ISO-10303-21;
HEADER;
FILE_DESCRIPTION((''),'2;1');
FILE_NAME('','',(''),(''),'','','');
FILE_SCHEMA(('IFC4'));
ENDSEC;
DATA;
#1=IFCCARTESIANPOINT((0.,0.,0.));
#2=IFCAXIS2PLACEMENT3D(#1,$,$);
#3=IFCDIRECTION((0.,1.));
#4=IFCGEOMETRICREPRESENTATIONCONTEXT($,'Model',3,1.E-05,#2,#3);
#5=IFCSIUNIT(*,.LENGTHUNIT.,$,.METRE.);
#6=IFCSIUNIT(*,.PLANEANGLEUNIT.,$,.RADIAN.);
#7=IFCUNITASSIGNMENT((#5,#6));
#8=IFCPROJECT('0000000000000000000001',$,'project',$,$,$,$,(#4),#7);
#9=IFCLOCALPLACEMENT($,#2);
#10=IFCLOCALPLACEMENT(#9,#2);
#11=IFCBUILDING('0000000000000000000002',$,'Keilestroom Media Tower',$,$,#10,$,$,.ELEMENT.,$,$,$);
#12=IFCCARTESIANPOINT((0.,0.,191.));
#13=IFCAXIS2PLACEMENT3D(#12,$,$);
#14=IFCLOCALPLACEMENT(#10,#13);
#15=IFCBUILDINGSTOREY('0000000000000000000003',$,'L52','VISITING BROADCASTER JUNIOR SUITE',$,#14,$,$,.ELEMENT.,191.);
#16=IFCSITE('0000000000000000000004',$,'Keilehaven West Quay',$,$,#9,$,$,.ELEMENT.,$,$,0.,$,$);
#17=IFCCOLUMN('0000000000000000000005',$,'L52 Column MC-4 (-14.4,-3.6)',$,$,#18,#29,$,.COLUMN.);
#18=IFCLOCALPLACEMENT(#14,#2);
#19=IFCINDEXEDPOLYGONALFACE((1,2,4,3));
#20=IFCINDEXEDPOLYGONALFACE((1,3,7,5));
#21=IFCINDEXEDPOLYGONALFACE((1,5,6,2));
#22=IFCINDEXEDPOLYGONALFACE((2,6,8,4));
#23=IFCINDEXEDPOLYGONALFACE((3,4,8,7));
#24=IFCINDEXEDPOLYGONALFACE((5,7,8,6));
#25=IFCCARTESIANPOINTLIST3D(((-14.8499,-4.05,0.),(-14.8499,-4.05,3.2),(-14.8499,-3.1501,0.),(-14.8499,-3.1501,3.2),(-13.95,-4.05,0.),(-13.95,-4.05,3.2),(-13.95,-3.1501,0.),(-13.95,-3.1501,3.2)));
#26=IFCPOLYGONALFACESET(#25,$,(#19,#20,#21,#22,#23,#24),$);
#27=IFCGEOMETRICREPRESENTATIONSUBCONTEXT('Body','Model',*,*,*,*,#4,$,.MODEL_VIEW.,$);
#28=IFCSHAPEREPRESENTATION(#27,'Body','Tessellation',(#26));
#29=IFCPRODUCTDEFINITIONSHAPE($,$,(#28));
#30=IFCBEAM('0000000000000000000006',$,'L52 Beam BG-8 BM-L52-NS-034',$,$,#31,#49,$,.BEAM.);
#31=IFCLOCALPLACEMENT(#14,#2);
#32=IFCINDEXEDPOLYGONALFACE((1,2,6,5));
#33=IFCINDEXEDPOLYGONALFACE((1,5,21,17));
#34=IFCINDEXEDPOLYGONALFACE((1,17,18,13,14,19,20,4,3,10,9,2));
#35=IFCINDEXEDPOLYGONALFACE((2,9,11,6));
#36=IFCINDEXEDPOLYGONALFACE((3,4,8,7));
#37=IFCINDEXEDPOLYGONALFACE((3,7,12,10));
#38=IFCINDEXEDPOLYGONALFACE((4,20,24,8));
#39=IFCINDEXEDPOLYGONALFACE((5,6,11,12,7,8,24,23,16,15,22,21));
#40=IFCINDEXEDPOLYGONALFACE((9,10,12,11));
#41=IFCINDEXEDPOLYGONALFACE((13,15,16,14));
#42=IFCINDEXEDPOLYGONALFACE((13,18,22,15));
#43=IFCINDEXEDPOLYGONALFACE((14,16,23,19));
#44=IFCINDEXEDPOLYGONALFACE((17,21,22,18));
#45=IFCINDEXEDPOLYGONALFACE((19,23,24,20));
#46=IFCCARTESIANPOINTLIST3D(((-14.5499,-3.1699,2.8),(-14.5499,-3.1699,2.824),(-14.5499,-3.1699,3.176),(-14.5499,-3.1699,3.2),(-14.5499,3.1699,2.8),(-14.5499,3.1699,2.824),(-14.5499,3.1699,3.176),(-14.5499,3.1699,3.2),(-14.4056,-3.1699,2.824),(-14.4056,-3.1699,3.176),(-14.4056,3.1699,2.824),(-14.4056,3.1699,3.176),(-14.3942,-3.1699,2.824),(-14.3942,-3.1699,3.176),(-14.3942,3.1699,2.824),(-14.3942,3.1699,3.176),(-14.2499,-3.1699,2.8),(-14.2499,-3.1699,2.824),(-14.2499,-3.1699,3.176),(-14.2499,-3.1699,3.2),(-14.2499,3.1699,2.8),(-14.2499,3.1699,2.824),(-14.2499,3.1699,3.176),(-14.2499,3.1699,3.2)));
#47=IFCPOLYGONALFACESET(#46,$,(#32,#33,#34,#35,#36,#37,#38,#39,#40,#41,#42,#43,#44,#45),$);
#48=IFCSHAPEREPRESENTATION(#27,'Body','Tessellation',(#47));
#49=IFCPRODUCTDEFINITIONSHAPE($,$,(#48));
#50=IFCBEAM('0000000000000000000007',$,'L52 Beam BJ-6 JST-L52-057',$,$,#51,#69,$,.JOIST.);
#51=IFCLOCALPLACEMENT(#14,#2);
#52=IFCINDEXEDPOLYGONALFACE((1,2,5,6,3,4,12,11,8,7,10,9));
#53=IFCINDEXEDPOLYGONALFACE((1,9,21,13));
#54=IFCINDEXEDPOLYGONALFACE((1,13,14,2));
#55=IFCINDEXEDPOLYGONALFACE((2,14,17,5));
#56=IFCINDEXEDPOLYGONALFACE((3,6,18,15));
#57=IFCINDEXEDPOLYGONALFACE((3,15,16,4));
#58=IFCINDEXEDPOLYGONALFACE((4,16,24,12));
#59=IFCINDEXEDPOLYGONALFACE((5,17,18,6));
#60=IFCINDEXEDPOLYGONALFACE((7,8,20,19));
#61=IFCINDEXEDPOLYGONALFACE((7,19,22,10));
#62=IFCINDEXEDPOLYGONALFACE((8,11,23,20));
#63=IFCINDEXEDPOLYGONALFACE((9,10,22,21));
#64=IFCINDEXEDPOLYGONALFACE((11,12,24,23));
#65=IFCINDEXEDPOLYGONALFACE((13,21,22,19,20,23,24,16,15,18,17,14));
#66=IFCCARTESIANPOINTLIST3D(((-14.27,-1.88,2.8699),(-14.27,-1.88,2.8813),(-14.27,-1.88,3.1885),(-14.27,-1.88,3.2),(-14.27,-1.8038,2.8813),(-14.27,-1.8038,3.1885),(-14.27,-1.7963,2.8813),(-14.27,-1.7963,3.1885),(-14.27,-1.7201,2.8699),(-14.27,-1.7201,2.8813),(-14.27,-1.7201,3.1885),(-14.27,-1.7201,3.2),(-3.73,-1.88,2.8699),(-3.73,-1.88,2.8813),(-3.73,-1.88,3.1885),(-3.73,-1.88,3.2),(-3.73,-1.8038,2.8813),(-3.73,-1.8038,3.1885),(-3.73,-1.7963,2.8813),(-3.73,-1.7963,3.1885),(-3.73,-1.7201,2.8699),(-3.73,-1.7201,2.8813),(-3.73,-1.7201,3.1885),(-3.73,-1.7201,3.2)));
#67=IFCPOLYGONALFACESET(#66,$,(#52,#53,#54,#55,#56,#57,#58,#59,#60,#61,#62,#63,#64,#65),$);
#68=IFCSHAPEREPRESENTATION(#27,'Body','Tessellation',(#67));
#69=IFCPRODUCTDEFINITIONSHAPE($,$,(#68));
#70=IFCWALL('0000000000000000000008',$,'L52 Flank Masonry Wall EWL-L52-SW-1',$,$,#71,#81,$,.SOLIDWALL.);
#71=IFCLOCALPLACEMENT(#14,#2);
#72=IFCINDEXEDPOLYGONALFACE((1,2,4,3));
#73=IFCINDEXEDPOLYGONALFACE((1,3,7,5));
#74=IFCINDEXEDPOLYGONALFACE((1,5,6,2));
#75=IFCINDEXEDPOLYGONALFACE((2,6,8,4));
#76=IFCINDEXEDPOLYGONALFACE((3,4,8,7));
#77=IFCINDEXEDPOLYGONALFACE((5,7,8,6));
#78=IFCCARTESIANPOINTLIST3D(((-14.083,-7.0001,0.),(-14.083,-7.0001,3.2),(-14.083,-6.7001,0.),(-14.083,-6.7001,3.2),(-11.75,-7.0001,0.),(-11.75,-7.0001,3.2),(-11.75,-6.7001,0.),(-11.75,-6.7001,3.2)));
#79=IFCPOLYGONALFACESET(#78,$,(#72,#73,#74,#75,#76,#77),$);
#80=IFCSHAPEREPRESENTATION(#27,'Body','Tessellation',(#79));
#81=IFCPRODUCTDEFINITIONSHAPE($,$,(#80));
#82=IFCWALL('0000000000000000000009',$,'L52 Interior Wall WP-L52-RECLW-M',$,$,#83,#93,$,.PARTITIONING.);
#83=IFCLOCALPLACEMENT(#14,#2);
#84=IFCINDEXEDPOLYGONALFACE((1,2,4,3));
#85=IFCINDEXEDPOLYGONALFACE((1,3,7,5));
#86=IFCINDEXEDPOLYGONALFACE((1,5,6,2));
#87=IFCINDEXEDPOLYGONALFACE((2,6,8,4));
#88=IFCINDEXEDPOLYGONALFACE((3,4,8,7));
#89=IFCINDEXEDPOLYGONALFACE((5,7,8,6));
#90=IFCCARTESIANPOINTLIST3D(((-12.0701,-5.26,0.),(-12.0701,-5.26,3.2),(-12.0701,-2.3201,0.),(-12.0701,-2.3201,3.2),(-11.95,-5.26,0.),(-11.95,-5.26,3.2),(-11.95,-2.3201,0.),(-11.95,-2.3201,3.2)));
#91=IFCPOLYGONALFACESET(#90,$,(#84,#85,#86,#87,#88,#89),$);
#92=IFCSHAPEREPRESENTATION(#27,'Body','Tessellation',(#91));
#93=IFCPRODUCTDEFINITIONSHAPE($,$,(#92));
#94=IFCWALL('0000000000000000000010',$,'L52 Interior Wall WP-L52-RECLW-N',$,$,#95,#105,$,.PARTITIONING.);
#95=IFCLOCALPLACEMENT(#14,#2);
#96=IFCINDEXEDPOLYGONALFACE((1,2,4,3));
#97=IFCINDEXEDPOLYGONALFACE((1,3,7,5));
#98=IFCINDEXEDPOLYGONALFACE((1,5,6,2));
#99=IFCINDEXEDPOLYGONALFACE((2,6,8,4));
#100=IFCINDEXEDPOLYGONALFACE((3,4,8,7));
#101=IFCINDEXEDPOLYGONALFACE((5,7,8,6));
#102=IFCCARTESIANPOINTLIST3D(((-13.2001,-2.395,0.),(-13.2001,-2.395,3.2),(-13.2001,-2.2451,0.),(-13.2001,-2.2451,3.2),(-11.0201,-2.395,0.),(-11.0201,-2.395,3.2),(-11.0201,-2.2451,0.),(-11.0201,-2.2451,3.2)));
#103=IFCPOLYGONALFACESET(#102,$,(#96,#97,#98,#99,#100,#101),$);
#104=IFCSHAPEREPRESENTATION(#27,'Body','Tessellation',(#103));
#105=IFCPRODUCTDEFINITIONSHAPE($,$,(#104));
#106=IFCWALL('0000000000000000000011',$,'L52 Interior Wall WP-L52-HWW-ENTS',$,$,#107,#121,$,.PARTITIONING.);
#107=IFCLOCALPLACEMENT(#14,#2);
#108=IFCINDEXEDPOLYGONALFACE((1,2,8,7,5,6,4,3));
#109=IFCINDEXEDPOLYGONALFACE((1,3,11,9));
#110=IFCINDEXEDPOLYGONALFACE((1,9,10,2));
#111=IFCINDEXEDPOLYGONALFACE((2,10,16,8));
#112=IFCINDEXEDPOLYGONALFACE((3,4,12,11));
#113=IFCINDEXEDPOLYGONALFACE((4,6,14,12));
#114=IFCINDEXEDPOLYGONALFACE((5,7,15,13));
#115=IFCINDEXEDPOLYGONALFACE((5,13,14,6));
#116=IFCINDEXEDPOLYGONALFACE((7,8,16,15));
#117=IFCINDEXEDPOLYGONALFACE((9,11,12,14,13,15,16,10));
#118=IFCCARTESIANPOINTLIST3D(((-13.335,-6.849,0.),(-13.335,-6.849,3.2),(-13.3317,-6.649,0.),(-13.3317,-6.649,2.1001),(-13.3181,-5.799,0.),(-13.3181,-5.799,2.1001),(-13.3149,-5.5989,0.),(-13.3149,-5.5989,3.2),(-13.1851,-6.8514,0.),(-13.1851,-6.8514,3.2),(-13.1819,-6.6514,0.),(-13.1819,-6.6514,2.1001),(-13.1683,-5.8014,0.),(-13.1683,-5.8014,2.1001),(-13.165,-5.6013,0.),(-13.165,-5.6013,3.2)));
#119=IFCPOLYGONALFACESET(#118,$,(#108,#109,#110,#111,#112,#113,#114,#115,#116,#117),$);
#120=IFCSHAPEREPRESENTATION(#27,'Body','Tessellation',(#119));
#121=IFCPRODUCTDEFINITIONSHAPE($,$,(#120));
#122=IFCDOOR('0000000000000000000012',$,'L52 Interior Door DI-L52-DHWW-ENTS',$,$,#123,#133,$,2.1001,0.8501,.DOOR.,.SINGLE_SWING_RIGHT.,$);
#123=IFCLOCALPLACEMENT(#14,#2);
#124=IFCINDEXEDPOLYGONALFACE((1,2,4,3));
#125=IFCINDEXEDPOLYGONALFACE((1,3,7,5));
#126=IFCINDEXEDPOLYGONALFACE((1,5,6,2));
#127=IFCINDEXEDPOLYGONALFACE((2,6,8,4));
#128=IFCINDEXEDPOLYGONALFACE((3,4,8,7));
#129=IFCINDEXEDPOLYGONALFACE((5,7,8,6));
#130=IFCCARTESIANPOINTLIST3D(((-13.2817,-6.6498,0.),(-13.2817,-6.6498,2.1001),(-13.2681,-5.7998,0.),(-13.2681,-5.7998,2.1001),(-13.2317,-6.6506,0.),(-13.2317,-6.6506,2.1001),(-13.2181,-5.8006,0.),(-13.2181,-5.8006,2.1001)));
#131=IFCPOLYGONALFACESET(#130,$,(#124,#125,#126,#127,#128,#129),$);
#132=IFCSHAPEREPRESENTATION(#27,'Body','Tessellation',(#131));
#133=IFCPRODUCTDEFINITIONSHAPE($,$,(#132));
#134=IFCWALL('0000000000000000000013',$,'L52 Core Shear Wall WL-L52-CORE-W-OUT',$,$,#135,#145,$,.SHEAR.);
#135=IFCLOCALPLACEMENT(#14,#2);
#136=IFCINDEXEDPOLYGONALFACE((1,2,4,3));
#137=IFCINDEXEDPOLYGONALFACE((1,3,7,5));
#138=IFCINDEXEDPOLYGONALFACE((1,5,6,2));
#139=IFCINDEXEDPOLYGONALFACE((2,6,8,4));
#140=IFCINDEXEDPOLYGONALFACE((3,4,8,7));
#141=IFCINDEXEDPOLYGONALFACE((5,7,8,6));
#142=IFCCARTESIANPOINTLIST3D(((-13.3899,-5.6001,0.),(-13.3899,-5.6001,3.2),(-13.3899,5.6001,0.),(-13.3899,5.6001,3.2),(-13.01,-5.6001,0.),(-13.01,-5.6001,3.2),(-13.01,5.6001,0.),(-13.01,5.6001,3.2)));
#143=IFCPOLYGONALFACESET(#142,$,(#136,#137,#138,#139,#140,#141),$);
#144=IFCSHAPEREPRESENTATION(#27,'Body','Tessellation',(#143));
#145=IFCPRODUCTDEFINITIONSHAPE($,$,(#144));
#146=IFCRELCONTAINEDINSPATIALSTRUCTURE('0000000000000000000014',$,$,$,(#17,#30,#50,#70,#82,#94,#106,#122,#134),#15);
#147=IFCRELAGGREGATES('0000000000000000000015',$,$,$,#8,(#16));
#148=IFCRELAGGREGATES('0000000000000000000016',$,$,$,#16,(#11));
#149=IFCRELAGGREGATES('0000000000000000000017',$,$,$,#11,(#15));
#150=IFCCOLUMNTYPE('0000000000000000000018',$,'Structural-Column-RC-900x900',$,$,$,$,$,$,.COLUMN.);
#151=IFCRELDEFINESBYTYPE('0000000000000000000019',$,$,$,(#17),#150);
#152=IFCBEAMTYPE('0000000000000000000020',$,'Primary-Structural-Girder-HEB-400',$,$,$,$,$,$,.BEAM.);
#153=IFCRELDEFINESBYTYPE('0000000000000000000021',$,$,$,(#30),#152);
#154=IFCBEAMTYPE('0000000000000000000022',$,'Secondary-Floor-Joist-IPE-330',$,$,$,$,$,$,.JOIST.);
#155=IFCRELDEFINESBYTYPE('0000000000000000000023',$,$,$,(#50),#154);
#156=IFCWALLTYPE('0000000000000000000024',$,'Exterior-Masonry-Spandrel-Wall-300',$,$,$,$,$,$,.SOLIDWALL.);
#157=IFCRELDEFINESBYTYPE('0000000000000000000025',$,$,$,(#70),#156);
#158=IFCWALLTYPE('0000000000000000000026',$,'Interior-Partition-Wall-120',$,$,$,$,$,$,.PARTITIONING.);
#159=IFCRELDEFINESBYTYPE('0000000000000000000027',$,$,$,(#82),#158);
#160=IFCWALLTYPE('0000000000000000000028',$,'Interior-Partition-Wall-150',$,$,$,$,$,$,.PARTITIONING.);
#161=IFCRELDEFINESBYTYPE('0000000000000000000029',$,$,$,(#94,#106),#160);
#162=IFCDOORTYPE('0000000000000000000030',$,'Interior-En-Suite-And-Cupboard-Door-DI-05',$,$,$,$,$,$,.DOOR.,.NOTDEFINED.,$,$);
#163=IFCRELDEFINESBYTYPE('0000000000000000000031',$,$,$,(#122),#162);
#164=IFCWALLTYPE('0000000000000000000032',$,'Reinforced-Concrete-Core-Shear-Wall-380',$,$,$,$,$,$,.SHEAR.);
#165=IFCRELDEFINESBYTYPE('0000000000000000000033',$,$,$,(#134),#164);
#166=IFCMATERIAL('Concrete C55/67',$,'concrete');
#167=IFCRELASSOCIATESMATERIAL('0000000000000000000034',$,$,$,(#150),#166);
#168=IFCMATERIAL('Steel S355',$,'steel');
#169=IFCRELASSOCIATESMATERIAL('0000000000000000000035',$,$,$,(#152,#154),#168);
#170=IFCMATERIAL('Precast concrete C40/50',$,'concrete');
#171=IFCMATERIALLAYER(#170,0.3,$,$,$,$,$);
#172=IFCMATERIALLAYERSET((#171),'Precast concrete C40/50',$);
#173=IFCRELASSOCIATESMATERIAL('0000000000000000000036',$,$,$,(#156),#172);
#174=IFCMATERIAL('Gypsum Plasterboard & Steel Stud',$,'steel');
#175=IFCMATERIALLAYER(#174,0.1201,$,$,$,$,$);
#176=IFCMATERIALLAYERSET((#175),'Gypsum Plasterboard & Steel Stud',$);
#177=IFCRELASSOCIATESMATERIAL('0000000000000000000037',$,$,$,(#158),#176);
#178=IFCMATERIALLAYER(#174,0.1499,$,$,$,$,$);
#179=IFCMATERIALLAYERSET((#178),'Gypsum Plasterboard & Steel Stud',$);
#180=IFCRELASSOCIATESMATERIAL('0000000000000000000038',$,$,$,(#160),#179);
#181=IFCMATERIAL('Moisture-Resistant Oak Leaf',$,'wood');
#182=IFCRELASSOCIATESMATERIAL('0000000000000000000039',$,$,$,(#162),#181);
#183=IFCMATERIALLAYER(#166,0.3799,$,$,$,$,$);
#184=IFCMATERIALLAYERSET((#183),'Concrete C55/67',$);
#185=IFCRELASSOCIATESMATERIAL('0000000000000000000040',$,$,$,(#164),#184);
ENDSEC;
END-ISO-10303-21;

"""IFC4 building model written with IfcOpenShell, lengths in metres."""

from ifc_helpers import new_model, si_unit, direction, frame, frame_2d, origin, origin_2d, place, context, subcontext, project, spatial, rectangle, i_section, extrude, source, transform, mapped, material, layer, layer_set, material_profile, profile_set, type_object, element, fill, save


model = new_model("IFC4")

# Units and contexts
model_context = context("Model", 3, precision=1e-05, world=origin(), true_north=direction((0.0, 1.0)))
body_context = subcontext(model_context, "Body", "Model", "MODEL_VIEW")
ifc_project = project(units=[si_unit("LENGTHUNIT", "METRE"), si_unit("PLANEANGLEUNIT", "RADIAN")], contexts=[model_context])

# Site, building, storey
site_placement = place(None, origin())
site = spatial("IfcSite", under=ifc_project, at=site_placement, Name="Keilehaven West Quay", CompositionType="ELEMENT", RefElevation=0.0)
building_placement = place(site_placement, origin())
building = spatial("IfcBuilding", under=site, at=building_placement, Name="Keilestroom Media Tower", CompositionType="ELEMENT")
storey_placement = place(building_placement, frame((0.0, 0.0, 191.0)))
storey = spatial("IfcBuildingStorey", under=building, at=storey_placement, Name="L52", Description="VISITING BROADCASTER JUNIOR SUITE", CompositionType="ELEMENT", Elevation=191.0)

# Column
ifc_material_1 = material(Name="Concrete C55/67", Category="concrete")
ifc_material_profile_1 = material_profile(ifc_material_1, rectangle(XDim=0.8999, YDim=0.8999, at=origin_2d()), Name="RC 900x900")
ifc_profile_set_1 = profile_set([ifc_material_profile_1], Name="Concrete C55/67")
column_type = type_object("IfcColumnType", Name="Structural-Column-RC-900x900", PredefinedType="COLUMN", material=ifc_profile_set_1)
shared_shape_1 = source(origin(), body_context, "Body", "SweptSolid", [
    extrude(rectangle(XDim=0.8999, YDim=0.8999, at=origin_2d()), origin(), (0.0, 0.0, 1.0), 3.2),
])
column_placement = place(storey_placement, frame((-14.3999, -3.6001, 0.0), z_axis=(0.0, 0.0, 1.0), x_axis=(1.0, 0.0, 0.0)))
element("IfcColumn", 1, at=column_placement, inside=storey, type_object=column_type, Name="L52 Column MC-4 (-14.4,-3.6)", PredefinedType="COLUMN", context=body_context, shape_type="MappedRepresentation", body=[
    mapped(shared_shape_1, transform((0.0, 0.0, 0.0), x_axis=(1.0, 0.0, 0.0), y_axis=(0.0, 1.0, 0.0), z_axis=(0.0, 0.0, 1.0), scale=1.0)),
])

# Beams
ifc_material_2 = material(Name="Steel S355", Category="steel")
ifc_material_profile_2 = material_profile(ifc_material_2, i_section(OverallWidth=0.3, OverallDepth=0.3999, WebThickness=0.0115, FlangeThickness=0.0239, at=origin_2d()), Name="HEB 400")
ifc_profile_set_2 = profile_set([ifc_material_profile_2], Name="Steel S355")
beam_type_1 = type_object("IfcBeamType", Name="Primary-Structural-Girder-HEB-400", PredefinedType="BEAM", material=ifc_profile_set_2)
shared_shape_2 = source(origin(), body_context, "Body", "SweptSolid", [
    extrude(i_section(OverallWidth=0.3, OverallDepth=0.3999, WebThickness=0.0115, FlangeThickness=0.0239, at=origin_2d()), origin(), (0.0, 0.0, 1.0), 6.3398),
])
beam_1_placement = place(storey_placement, frame((-14.3999, -3.1699, 3.0), z_axis=(0.0, 1.0, 0.0), x_axis=(-1.0, 0.0, 0.0)))
element("IfcBeam", 2, at=beam_1_placement, inside=storey, type_object=beam_type_1, Name="L52 Beam BG-8 BM-L52-NS-034", PredefinedType="BEAM", context=body_context, shape_type="MappedRepresentation", body=[
    mapped(shared_shape_2, transform((0.0, 0.0, 0.0), x_axis=(1.0, 0.0, 0.0), y_axis=(0.0, 1.0, 0.0), z_axis=(0.0, 0.0, 1.0), scale=1.0)),
])
ifc_material_profile_3 = material_profile(ifc_material_2, i_section(OverallWidth=0.1599, OverallDepth=0.3301, WebThickness=0.0076, FlangeThickness=0.0115, at=origin_2d()), Name="IPE 330")
ifc_profile_set_3 = profile_set([ifc_material_profile_3], Name="Steel S355")
beam_type_2 = type_object("IfcBeamType", Name="Secondary-Floor-Joist-IPE-330", PredefinedType="JOIST", material=ifc_profile_set_3)
shared_shape_3 = source(origin(), body_context, "Body", "SweptSolid", [
    extrude(i_section(OverallWidth=0.1599, OverallDepth=0.3301, WebThickness=0.0076, FlangeThickness=0.0115, at=origin_2d()), origin(), (0.0, 0.0, 1.0), 10.54),
])
beam_2_placement = place(storey_placement, frame((-14.27, -1.8, 3.0349), z_axis=(1.0, 0.0, 0.0), x_axis=(0.0, 1.0, 0.0)))
element("IfcBeam", 3, at=beam_2_placement, inside=storey, type_object=beam_type_2, Name="L52 Beam BJ-6 JST-L52-057", PredefinedType="JOIST", context=body_context, shape_type="MappedRepresentation", body=[
    mapped(shared_shape_3, transform((0.0, 0.0, 0.0), x_axis=(1.0, 0.0, 0.0), y_axis=(0.0, 1.0, 0.0), z_axis=(0.0, 0.0, 1.0), scale=1.0)),
])

# Walls
ifc_material_3 = material(Name="Precast concrete C40/50", Category="concrete")
ifc_layer_1 = layer(ifc_material_3, 0.3)
ifc_layer_set_1 = layer_set([ifc_layer_1], Name="Precast concrete C40/50")
wall_type_1 = type_object("IfcWallType", Name="Exterior-Masonry-Spandrel-Wall-300", PredefinedType="SOLIDWALL", material=ifc_layer_set_1)
wall_1_placement = place(storey_placement, frame((-14.083, -6.8501, 0.0), z_axis=(0.0, 0.0, 1.0), x_axis=(1.0, 0.0, 0.0)))
element("IfcWall", 4, at=wall_1_placement, inside=storey, type_object=wall_type_1, Name="L52 Flank Masonry Wall EWL-L52-SW-1", PredefinedType="SOLIDWALL", context=body_context, shape_type="SweptSolid", body=[
    extrude(rectangle(XDim=2.333, YDim=0.3, at=frame_2d((1.1665, 0.0))), origin(), (0.0, 0.0, 1.0), 3.2),
])
ifc_material_4 = material(Name="Gypsum Plasterboard & Steel Stud", Category="steel")
ifc_layer_2 = layer(ifc_material_4, 0.1201)
ifc_layer_set_2 = layer_set([ifc_layer_2], Name="Gypsum Plasterboard & Steel Stud")
wall_type_2 = type_object("IfcWallType", Name="Interior-Partition-Wall-120", PredefinedType="PARTITIONING", material=ifc_layer_set_2)
wall_2_placement = place(storey_placement, frame((-12.01, -5.26, 0.0), z_axis=(0.0, 0.0, 1.0), x_axis=(0.0, 1.0, 0.0)))
element("IfcWall", 5, at=wall_2_placement, inside=storey, type_object=wall_type_2, Name="L52 Interior Wall WP-L52-RECLW-M", PredefinedType="PARTITIONING", context=body_context, shape_type="SweptSolid", body=[
    extrude(rectangle(XDim=2.9399, YDim=0.1201, at=frame_2d((1.47, 0.0))), origin(), (0.0, 0.0, 1.0), 3.2),
])
ifc_layer_3 = layer(ifc_material_4, 0.1499)
ifc_layer_set_3 = layer_set([ifc_layer_3], Name="Gypsum Plasterboard & Steel Stud")
wall_type_3 = type_object("IfcWallType", Name="Interior-Partition-Wall-150", PredefinedType="PARTITIONING", material=ifc_layer_set_3)
wall_3_placement = place(storey_placement, frame((-13.2, -2.3201, 0.0), z_axis=(0.0, 0.0, 1.0), x_axis=(1.0, 0.0, 0.0)))
element("IfcWall", 6, at=wall_3_placement, inside=storey, type_object=wall_type_3, Name="L52 Interior Wall WP-L52-RECLW-N", PredefinedType="PARTITIONING", context=body_context, shape_type="SweptSolid", body=[
    extrude(rectangle(XDim=2.1799, YDim=0.1499, at=frame_2d((1.0898, 0.0))), origin(), (0.0, 0.0, 1.0), 3.2),
])

# Wall, opening, door
wall_4_placement = place(storey_placement, frame((-13.26, -6.8501, 0.0), z_axis=(0.0, 0.0, 1.0), x_axis=(0.016014, 0.999872, 0.0)))
wall_4 = element("IfcWall", 7, at=wall_4_placement, inside=storey, type_object=wall_type_3, Name="L52 Interior Wall WP-L52-HWW-ENTS", PredefinedType="PARTITIONING", context=body_context, shape_type="SweptSolid", body=[
    extrude(rectangle(XDim=1.2502, YDim=0.1499, at=frame_2d((0.625, 0.0))), origin(), (0.0, 0.0, 1.0), 3.2),
])
opening_1_placement = place(wall_4_placement, frame((0.2, 0.0, 0.0)))
opening_1 = element("IfcOpeningElement", 8, at=opening_1_placement, cuts=wall_4, PredefinedType="OPENING", context=body_context, shape_type="SweptSolid", body=[
    extrude(rectangle(XDim=0.8501, YDim=2.1001, at=frame_2d((0.425, 1.05))), frame((0.0, 0.085, 0.0), z_axis=(0.0, -1.0, 0.0), x_axis=(1.0, 0.0, 0.0)), (0.0, 0.0, 1.0), 0.1699),
])
ifc_material_5 = material(Name="Moisture-Resistant Oak Leaf", Category="wood")
door_type = type_object("IfcDoorType", Name="Interior-En-Suite-And-Cupboard-Door-DI-05", OperationType="NOTDEFINED", PredefinedType="DOOR", material=ifc_material_5)
shared_shape_4 = source(origin(), body_context, "Body", "SweptSolid", [
    extrude(rectangle(XDim=0.8501, YDim=2.1001, at=frame_2d((0.425, 1.05))), frame((0.0, 0.0249, 0.0), z_axis=(0.0, -1.0, 0.0), x_axis=(1.0, 0.0, 0.0)), (0.0, 0.0, 1.0), 0.05),
])
door_1_placement = place(opening_1_placement, origin())
door_1 = element("IfcDoor", 9, at=door_1_placement, inside=storey, type_object=door_type, Name="L52 Interior Door DI-L52-DHWW-ENTS", OperationType="SINGLE_SWING_RIGHT", OverallHeight=2.1001, OverallWidth=0.8501, PredefinedType="DOOR", context=body_context, shape_type="MappedRepresentation", body=[
    mapped(shared_shape_4, transform((0.0, 0.0, 0.0), x_axis=(1.0, 0.0, 0.0), y_axis=(0.0, 1.0, 0.0), z_axis=(0.0, 0.0, 1.0), scale=1.0)),
])
fill(opening_1, door_1)

# Wall
ifc_layer_4 = layer(ifc_material_1, 0.3799)
ifc_layer_set_4 = layer_set([ifc_layer_4], Name="Concrete C55/67")
wall_type_4 = type_object("IfcWallType", Name="Reinforced-Concrete-Core-Shear-Wall-380", PredefinedType="SHEAR", material=ifc_layer_set_4)
wall_5_placement = place(storey_placement, frame((-13.2, -5.6001, 0.0), z_axis=(0.0, 0.0, 1.0), x_axis=(0.0, 1.0, 0.0)))
element("IfcWall", 10, at=wall_5_placement, inside=storey, type_object=wall_type_4, Name="L52 Core Shear Wall WL-L52-CORE-W-OUT", PredefinedType="SHEAR", context=body_context, shape_type="SweptSolid", body=[
    extrude(rectangle(XDim=11.2002, YDim=0.3799, at=frame_2d((5.6001, 0.0))), origin(), (0.0, 0.0, 1.0), 3.2),
])

save(model, "model.ifc")
